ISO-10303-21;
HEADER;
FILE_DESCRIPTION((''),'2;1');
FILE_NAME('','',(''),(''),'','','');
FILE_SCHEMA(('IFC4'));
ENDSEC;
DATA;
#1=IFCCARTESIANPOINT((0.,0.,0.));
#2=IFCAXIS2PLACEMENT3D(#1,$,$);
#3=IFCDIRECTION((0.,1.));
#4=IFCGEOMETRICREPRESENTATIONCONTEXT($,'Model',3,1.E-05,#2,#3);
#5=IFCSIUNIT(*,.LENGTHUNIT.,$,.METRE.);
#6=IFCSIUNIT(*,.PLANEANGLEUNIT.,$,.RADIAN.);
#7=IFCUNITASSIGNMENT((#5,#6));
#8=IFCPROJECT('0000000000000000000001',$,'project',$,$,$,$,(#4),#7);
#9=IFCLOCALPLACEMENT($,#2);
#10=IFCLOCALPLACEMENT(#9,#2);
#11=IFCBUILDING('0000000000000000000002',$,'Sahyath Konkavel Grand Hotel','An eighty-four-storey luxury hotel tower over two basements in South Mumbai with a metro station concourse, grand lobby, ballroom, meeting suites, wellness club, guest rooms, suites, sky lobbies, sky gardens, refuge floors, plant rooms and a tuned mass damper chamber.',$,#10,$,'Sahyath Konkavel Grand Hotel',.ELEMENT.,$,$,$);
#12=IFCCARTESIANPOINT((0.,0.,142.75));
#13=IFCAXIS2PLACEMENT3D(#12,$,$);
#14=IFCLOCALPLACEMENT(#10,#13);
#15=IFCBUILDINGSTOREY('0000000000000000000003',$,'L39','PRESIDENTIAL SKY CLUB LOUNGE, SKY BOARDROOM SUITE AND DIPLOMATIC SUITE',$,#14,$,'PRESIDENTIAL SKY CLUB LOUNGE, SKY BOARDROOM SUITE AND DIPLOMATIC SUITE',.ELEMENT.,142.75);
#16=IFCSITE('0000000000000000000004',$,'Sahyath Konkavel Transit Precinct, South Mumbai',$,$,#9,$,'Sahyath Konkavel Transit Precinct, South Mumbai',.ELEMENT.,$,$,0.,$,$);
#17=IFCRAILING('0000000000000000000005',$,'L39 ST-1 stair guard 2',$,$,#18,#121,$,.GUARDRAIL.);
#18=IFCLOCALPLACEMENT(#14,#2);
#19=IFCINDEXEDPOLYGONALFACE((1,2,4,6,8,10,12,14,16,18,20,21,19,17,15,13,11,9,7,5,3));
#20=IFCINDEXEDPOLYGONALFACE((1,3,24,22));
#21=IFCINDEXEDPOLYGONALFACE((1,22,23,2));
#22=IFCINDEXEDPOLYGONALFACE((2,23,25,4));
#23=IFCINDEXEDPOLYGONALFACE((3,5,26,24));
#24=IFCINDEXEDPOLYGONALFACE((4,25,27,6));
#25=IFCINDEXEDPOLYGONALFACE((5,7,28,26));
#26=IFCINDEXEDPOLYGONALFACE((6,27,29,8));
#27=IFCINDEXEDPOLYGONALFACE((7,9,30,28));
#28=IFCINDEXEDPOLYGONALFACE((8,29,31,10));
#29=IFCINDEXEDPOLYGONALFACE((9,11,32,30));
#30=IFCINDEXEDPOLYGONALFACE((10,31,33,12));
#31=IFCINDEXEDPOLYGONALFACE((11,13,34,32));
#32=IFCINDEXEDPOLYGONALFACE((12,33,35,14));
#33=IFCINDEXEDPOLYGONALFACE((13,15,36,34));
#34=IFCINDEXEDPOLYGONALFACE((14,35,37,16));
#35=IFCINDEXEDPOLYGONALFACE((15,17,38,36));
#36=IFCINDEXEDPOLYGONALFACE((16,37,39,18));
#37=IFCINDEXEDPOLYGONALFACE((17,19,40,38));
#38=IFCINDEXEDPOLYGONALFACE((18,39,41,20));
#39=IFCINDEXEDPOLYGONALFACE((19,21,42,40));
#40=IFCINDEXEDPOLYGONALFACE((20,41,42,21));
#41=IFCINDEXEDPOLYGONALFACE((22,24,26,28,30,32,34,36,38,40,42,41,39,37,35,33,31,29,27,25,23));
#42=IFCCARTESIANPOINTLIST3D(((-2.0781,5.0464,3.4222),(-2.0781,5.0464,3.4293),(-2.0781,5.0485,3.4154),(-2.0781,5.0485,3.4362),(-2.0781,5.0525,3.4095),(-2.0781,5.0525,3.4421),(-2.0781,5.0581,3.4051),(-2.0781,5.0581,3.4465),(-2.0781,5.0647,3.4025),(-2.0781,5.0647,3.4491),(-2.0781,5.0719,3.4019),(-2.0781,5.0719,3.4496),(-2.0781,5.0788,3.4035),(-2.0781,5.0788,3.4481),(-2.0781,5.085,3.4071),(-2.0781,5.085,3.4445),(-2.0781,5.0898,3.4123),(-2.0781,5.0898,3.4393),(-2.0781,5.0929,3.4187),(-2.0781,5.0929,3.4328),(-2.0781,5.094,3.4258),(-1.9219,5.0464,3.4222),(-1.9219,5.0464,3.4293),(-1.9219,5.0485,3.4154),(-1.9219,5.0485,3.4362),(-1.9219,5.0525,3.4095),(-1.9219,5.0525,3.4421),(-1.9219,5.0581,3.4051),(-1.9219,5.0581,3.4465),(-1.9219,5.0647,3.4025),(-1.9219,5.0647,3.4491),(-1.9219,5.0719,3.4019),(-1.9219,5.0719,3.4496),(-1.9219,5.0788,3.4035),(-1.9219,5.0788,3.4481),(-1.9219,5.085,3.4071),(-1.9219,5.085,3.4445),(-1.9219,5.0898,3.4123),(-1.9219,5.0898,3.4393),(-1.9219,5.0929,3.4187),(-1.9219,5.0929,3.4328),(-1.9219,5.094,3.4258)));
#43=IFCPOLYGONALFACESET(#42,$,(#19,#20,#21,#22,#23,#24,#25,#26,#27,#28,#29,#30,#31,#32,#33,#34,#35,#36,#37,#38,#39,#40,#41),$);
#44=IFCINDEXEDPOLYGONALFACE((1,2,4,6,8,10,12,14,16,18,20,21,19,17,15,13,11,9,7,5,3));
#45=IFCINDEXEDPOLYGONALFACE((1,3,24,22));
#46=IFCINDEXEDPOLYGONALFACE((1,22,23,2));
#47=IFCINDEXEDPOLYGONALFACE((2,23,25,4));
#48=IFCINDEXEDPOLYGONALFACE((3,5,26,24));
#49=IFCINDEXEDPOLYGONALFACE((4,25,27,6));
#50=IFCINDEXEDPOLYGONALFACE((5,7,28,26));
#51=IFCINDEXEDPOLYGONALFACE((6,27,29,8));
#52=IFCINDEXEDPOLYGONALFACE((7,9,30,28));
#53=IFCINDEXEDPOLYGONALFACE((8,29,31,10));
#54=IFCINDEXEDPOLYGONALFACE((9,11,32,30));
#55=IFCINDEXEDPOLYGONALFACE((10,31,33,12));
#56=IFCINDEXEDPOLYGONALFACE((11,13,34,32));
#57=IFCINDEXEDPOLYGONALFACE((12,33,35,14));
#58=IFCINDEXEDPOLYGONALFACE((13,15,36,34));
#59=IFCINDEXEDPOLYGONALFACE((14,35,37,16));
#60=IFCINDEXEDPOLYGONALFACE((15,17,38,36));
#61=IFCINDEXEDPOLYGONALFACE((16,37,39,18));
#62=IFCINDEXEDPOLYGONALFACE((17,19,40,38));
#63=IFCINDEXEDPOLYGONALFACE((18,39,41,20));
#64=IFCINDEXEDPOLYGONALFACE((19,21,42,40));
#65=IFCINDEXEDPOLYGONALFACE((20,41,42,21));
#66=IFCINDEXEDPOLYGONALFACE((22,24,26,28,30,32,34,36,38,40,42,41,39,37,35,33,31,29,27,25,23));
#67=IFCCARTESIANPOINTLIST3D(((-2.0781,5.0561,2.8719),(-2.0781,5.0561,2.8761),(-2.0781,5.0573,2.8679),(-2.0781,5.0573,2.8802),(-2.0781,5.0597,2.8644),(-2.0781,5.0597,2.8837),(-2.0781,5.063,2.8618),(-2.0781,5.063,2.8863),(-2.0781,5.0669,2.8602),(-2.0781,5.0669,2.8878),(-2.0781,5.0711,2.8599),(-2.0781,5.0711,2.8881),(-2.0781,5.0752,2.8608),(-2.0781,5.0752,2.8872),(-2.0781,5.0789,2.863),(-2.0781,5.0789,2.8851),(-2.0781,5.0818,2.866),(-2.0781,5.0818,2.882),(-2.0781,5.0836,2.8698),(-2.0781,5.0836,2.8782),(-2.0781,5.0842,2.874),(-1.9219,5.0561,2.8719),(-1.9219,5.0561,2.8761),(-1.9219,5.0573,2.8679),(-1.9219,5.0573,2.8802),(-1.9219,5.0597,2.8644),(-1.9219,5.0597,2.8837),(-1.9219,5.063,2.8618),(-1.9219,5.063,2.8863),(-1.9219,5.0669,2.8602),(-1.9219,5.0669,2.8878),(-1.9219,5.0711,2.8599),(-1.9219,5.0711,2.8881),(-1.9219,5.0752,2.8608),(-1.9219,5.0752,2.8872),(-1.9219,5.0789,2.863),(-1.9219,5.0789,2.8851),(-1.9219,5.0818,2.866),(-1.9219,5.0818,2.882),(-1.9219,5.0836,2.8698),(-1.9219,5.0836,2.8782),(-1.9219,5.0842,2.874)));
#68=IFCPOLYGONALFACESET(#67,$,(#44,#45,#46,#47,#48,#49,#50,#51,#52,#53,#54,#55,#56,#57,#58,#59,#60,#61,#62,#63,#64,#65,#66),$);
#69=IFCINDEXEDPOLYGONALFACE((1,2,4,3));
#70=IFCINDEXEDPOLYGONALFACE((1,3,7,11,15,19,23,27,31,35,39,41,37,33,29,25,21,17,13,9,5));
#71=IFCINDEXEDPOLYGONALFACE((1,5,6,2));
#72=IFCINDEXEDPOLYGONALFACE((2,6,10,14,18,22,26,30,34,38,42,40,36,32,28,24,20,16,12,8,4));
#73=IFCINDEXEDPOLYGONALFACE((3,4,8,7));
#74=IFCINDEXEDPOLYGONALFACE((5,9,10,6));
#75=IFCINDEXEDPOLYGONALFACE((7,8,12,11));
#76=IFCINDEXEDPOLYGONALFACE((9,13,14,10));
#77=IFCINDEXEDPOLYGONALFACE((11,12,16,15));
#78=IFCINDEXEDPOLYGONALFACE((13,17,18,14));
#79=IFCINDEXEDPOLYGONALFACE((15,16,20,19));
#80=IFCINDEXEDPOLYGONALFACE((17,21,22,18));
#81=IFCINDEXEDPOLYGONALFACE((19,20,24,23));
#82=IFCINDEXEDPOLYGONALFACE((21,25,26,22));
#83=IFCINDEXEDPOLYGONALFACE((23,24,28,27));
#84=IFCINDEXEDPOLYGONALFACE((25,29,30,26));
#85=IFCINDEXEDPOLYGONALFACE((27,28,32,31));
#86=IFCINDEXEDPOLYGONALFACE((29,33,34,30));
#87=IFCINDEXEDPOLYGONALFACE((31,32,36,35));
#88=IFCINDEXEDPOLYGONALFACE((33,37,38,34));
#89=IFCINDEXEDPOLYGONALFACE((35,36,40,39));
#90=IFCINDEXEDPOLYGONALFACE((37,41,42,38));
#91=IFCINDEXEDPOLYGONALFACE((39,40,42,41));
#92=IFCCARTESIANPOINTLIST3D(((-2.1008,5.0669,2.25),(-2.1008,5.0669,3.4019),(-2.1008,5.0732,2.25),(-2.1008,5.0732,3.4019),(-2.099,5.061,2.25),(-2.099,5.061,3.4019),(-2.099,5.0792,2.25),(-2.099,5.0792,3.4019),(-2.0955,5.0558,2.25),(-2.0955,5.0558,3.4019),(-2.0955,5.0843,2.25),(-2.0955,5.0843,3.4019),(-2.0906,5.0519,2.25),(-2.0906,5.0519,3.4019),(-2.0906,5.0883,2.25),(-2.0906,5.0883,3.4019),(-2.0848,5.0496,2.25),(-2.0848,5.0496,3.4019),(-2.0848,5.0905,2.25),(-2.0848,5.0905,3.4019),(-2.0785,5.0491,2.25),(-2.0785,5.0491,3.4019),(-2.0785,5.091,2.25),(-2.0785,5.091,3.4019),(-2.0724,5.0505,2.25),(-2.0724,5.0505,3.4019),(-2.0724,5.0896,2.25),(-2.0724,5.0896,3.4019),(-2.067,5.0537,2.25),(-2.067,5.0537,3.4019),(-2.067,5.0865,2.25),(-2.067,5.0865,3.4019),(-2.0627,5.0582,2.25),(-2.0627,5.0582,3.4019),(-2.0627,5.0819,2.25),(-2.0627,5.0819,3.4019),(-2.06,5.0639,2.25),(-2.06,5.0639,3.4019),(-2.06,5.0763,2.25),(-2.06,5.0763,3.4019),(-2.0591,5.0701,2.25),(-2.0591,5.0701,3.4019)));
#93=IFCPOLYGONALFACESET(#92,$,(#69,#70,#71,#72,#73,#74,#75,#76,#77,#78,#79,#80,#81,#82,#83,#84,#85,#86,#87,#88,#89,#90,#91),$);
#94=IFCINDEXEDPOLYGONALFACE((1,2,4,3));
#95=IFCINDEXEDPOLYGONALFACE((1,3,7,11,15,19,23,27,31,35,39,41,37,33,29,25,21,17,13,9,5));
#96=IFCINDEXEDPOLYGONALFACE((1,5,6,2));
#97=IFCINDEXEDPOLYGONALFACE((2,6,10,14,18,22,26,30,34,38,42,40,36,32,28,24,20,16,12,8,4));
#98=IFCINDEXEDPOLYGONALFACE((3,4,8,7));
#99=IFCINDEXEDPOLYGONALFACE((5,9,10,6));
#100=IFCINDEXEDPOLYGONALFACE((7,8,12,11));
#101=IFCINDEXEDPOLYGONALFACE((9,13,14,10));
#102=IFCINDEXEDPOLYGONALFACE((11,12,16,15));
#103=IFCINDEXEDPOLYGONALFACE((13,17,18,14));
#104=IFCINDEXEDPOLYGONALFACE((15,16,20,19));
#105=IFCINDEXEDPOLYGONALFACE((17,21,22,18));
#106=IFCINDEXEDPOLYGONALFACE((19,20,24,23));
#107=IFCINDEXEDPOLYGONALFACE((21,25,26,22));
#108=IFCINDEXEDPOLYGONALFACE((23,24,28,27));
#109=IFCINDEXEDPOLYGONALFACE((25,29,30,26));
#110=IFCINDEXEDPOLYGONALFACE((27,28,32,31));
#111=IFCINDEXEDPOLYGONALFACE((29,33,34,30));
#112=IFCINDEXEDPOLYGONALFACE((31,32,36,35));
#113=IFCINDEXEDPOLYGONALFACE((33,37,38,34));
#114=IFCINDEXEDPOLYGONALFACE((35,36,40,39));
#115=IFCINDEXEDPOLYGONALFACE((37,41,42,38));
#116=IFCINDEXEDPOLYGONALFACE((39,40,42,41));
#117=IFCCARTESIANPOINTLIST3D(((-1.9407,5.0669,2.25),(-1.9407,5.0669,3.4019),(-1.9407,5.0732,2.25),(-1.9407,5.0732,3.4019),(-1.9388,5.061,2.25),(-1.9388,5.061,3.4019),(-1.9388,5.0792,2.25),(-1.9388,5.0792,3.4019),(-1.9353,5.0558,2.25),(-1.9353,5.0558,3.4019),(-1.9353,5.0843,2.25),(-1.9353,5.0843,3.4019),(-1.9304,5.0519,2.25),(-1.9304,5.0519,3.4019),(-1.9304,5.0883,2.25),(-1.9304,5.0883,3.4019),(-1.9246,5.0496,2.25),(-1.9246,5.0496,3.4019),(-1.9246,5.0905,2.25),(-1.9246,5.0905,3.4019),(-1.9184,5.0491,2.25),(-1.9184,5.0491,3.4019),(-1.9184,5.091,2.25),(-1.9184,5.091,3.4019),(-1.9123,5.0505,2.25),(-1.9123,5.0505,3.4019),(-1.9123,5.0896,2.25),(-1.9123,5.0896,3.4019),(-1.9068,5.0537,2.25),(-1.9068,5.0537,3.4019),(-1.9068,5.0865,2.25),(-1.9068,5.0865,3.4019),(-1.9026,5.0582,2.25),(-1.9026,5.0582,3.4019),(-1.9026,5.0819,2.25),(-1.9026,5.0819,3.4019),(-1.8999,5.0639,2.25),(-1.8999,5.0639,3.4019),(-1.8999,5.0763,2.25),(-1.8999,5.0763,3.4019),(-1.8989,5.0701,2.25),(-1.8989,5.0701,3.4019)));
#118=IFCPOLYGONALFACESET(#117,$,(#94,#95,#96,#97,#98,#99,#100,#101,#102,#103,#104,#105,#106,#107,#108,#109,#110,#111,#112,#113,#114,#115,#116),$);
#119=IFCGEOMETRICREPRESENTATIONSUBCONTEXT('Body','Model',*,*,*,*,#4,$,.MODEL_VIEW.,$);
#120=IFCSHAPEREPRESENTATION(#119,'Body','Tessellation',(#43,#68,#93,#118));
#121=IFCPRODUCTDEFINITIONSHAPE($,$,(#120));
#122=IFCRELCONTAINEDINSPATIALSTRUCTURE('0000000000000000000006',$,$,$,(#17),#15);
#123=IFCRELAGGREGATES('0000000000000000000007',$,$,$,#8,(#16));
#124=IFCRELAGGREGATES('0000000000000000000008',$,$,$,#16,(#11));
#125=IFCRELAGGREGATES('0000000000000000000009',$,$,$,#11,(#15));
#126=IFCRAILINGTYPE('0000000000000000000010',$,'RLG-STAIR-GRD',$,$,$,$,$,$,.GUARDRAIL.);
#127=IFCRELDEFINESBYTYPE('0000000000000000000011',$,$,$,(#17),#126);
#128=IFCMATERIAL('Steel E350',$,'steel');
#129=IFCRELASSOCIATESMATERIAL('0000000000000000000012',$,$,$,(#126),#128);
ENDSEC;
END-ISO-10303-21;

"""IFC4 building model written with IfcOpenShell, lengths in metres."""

from ifc_helpers import new_model, si_unit, direction, frame, origin, origin_2d, place, context, subcontext, project, spatial, circle, extrude, material, type_object, element, save


model = new_model("IFC4")

# Units and contexts
model_context = context("Model", 3, precision=1e-05, world=origin(), true_north=direction((0.0, 1.0)))
body_context = subcontext(model_context, "Body", "Model", "MODEL_VIEW")
ifc_project = project(units=[si_unit("LENGTHUNIT", "METRE"), si_unit("PLANEANGLEUNIT", "RADIAN")], contexts=[model_context])

# Site, building, storey
site_placement = place(None, origin())
site = spatial("IfcSite", under=ifc_project, at=site_placement, Name="Sahyath Konkavel Transit Precinct, South Mumbai", LongName="Sahyath Konkavel Transit Precinct, South Mumbai", CompositionType="ELEMENT", RefElevation=0.0)
building_placement = place(site_placement, origin())
building = spatial("IfcBuilding", under=site, at=building_placement, Name="Sahyath Konkavel Grand Hotel", Description="An eighty-four-storey luxury hotel tower over two basements in South Mumbai with a metro station concourse, grand lobby, ballroom, meeting suites, wellness club, guest rooms, suites, sky lobbies, sky gardens, refuge floors, plant rooms and a tuned mass damper chamber.", LongName="Sahyath Konkavel Grand Hotel", CompositionType="ELEMENT")
storey_placement = place(building_placement, frame((0.0, 0.0, 142.75)))
storey = spatial("IfcBuildingStorey", under=building, at=storey_placement, Name="L39", Description="PRESIDENTIAL SKY CLUB LOUNGE, SKY BOARDROOM SUITE AND DIPLOMATIC SUITE", LongName="PRESIDENTIAL SKY CLUB LOUNGE, SKY BOARDROOM SUITE AND DIPLOMATIC SUITE", CompositionType="ELEMENT", Elevation=142.75)

# Shared definitions
ifc_material_1 = material(Name="Steel E350", Category="steel")

# Railing
railing_type_1 = type_object("IfcRailingType", Name="RLG-STAIR-GRD", PredefinedType="GUARDRAIL", material=ifc_material_1)
railing_1_placement = place(storey_placement, frame((-2.0801, 5.0701, 2.25)))
element("IfcRailing", 1, at=railing_1_placement, inside=storey, type_object=railing_type_1, Name="L39 ST-1 stair guard 2", PredefinedType="GUARDRAIL", context=body_context, shape_type="SweptSolid", body=[
    extrude(circle(Radius=0.0239, at=origin_2d()), frame((0.002, 0.0, 1.1758), z_axis=(1.0, 0.0, 0.0), x_axis=(0.0, 1.0, 0.0)), (0.0, 0.0, 1.0), 0.1562),
    extrude(circle(Radius=0.0142, at=origin_2d()), frame((0.002, 0.0, 0.624), z_axis=(1.0, 0.0, 0.0), x_axis=(0.0, 1.0, 0.0)), (0.0, 0.0, 1.0), 0.1562),
    extrude(circle(Radius=0.021, at=origin_2d()), origin(), (0.0, 0.0, 1.0), 1.1519),
    extrude(circle(Radius=0.021, at=origin_2d()), frame((0.1602, 0.0, 0.0)), (0.0, 0.0, 1.0), 1.1519),
])

save(model, "model.ifc")
